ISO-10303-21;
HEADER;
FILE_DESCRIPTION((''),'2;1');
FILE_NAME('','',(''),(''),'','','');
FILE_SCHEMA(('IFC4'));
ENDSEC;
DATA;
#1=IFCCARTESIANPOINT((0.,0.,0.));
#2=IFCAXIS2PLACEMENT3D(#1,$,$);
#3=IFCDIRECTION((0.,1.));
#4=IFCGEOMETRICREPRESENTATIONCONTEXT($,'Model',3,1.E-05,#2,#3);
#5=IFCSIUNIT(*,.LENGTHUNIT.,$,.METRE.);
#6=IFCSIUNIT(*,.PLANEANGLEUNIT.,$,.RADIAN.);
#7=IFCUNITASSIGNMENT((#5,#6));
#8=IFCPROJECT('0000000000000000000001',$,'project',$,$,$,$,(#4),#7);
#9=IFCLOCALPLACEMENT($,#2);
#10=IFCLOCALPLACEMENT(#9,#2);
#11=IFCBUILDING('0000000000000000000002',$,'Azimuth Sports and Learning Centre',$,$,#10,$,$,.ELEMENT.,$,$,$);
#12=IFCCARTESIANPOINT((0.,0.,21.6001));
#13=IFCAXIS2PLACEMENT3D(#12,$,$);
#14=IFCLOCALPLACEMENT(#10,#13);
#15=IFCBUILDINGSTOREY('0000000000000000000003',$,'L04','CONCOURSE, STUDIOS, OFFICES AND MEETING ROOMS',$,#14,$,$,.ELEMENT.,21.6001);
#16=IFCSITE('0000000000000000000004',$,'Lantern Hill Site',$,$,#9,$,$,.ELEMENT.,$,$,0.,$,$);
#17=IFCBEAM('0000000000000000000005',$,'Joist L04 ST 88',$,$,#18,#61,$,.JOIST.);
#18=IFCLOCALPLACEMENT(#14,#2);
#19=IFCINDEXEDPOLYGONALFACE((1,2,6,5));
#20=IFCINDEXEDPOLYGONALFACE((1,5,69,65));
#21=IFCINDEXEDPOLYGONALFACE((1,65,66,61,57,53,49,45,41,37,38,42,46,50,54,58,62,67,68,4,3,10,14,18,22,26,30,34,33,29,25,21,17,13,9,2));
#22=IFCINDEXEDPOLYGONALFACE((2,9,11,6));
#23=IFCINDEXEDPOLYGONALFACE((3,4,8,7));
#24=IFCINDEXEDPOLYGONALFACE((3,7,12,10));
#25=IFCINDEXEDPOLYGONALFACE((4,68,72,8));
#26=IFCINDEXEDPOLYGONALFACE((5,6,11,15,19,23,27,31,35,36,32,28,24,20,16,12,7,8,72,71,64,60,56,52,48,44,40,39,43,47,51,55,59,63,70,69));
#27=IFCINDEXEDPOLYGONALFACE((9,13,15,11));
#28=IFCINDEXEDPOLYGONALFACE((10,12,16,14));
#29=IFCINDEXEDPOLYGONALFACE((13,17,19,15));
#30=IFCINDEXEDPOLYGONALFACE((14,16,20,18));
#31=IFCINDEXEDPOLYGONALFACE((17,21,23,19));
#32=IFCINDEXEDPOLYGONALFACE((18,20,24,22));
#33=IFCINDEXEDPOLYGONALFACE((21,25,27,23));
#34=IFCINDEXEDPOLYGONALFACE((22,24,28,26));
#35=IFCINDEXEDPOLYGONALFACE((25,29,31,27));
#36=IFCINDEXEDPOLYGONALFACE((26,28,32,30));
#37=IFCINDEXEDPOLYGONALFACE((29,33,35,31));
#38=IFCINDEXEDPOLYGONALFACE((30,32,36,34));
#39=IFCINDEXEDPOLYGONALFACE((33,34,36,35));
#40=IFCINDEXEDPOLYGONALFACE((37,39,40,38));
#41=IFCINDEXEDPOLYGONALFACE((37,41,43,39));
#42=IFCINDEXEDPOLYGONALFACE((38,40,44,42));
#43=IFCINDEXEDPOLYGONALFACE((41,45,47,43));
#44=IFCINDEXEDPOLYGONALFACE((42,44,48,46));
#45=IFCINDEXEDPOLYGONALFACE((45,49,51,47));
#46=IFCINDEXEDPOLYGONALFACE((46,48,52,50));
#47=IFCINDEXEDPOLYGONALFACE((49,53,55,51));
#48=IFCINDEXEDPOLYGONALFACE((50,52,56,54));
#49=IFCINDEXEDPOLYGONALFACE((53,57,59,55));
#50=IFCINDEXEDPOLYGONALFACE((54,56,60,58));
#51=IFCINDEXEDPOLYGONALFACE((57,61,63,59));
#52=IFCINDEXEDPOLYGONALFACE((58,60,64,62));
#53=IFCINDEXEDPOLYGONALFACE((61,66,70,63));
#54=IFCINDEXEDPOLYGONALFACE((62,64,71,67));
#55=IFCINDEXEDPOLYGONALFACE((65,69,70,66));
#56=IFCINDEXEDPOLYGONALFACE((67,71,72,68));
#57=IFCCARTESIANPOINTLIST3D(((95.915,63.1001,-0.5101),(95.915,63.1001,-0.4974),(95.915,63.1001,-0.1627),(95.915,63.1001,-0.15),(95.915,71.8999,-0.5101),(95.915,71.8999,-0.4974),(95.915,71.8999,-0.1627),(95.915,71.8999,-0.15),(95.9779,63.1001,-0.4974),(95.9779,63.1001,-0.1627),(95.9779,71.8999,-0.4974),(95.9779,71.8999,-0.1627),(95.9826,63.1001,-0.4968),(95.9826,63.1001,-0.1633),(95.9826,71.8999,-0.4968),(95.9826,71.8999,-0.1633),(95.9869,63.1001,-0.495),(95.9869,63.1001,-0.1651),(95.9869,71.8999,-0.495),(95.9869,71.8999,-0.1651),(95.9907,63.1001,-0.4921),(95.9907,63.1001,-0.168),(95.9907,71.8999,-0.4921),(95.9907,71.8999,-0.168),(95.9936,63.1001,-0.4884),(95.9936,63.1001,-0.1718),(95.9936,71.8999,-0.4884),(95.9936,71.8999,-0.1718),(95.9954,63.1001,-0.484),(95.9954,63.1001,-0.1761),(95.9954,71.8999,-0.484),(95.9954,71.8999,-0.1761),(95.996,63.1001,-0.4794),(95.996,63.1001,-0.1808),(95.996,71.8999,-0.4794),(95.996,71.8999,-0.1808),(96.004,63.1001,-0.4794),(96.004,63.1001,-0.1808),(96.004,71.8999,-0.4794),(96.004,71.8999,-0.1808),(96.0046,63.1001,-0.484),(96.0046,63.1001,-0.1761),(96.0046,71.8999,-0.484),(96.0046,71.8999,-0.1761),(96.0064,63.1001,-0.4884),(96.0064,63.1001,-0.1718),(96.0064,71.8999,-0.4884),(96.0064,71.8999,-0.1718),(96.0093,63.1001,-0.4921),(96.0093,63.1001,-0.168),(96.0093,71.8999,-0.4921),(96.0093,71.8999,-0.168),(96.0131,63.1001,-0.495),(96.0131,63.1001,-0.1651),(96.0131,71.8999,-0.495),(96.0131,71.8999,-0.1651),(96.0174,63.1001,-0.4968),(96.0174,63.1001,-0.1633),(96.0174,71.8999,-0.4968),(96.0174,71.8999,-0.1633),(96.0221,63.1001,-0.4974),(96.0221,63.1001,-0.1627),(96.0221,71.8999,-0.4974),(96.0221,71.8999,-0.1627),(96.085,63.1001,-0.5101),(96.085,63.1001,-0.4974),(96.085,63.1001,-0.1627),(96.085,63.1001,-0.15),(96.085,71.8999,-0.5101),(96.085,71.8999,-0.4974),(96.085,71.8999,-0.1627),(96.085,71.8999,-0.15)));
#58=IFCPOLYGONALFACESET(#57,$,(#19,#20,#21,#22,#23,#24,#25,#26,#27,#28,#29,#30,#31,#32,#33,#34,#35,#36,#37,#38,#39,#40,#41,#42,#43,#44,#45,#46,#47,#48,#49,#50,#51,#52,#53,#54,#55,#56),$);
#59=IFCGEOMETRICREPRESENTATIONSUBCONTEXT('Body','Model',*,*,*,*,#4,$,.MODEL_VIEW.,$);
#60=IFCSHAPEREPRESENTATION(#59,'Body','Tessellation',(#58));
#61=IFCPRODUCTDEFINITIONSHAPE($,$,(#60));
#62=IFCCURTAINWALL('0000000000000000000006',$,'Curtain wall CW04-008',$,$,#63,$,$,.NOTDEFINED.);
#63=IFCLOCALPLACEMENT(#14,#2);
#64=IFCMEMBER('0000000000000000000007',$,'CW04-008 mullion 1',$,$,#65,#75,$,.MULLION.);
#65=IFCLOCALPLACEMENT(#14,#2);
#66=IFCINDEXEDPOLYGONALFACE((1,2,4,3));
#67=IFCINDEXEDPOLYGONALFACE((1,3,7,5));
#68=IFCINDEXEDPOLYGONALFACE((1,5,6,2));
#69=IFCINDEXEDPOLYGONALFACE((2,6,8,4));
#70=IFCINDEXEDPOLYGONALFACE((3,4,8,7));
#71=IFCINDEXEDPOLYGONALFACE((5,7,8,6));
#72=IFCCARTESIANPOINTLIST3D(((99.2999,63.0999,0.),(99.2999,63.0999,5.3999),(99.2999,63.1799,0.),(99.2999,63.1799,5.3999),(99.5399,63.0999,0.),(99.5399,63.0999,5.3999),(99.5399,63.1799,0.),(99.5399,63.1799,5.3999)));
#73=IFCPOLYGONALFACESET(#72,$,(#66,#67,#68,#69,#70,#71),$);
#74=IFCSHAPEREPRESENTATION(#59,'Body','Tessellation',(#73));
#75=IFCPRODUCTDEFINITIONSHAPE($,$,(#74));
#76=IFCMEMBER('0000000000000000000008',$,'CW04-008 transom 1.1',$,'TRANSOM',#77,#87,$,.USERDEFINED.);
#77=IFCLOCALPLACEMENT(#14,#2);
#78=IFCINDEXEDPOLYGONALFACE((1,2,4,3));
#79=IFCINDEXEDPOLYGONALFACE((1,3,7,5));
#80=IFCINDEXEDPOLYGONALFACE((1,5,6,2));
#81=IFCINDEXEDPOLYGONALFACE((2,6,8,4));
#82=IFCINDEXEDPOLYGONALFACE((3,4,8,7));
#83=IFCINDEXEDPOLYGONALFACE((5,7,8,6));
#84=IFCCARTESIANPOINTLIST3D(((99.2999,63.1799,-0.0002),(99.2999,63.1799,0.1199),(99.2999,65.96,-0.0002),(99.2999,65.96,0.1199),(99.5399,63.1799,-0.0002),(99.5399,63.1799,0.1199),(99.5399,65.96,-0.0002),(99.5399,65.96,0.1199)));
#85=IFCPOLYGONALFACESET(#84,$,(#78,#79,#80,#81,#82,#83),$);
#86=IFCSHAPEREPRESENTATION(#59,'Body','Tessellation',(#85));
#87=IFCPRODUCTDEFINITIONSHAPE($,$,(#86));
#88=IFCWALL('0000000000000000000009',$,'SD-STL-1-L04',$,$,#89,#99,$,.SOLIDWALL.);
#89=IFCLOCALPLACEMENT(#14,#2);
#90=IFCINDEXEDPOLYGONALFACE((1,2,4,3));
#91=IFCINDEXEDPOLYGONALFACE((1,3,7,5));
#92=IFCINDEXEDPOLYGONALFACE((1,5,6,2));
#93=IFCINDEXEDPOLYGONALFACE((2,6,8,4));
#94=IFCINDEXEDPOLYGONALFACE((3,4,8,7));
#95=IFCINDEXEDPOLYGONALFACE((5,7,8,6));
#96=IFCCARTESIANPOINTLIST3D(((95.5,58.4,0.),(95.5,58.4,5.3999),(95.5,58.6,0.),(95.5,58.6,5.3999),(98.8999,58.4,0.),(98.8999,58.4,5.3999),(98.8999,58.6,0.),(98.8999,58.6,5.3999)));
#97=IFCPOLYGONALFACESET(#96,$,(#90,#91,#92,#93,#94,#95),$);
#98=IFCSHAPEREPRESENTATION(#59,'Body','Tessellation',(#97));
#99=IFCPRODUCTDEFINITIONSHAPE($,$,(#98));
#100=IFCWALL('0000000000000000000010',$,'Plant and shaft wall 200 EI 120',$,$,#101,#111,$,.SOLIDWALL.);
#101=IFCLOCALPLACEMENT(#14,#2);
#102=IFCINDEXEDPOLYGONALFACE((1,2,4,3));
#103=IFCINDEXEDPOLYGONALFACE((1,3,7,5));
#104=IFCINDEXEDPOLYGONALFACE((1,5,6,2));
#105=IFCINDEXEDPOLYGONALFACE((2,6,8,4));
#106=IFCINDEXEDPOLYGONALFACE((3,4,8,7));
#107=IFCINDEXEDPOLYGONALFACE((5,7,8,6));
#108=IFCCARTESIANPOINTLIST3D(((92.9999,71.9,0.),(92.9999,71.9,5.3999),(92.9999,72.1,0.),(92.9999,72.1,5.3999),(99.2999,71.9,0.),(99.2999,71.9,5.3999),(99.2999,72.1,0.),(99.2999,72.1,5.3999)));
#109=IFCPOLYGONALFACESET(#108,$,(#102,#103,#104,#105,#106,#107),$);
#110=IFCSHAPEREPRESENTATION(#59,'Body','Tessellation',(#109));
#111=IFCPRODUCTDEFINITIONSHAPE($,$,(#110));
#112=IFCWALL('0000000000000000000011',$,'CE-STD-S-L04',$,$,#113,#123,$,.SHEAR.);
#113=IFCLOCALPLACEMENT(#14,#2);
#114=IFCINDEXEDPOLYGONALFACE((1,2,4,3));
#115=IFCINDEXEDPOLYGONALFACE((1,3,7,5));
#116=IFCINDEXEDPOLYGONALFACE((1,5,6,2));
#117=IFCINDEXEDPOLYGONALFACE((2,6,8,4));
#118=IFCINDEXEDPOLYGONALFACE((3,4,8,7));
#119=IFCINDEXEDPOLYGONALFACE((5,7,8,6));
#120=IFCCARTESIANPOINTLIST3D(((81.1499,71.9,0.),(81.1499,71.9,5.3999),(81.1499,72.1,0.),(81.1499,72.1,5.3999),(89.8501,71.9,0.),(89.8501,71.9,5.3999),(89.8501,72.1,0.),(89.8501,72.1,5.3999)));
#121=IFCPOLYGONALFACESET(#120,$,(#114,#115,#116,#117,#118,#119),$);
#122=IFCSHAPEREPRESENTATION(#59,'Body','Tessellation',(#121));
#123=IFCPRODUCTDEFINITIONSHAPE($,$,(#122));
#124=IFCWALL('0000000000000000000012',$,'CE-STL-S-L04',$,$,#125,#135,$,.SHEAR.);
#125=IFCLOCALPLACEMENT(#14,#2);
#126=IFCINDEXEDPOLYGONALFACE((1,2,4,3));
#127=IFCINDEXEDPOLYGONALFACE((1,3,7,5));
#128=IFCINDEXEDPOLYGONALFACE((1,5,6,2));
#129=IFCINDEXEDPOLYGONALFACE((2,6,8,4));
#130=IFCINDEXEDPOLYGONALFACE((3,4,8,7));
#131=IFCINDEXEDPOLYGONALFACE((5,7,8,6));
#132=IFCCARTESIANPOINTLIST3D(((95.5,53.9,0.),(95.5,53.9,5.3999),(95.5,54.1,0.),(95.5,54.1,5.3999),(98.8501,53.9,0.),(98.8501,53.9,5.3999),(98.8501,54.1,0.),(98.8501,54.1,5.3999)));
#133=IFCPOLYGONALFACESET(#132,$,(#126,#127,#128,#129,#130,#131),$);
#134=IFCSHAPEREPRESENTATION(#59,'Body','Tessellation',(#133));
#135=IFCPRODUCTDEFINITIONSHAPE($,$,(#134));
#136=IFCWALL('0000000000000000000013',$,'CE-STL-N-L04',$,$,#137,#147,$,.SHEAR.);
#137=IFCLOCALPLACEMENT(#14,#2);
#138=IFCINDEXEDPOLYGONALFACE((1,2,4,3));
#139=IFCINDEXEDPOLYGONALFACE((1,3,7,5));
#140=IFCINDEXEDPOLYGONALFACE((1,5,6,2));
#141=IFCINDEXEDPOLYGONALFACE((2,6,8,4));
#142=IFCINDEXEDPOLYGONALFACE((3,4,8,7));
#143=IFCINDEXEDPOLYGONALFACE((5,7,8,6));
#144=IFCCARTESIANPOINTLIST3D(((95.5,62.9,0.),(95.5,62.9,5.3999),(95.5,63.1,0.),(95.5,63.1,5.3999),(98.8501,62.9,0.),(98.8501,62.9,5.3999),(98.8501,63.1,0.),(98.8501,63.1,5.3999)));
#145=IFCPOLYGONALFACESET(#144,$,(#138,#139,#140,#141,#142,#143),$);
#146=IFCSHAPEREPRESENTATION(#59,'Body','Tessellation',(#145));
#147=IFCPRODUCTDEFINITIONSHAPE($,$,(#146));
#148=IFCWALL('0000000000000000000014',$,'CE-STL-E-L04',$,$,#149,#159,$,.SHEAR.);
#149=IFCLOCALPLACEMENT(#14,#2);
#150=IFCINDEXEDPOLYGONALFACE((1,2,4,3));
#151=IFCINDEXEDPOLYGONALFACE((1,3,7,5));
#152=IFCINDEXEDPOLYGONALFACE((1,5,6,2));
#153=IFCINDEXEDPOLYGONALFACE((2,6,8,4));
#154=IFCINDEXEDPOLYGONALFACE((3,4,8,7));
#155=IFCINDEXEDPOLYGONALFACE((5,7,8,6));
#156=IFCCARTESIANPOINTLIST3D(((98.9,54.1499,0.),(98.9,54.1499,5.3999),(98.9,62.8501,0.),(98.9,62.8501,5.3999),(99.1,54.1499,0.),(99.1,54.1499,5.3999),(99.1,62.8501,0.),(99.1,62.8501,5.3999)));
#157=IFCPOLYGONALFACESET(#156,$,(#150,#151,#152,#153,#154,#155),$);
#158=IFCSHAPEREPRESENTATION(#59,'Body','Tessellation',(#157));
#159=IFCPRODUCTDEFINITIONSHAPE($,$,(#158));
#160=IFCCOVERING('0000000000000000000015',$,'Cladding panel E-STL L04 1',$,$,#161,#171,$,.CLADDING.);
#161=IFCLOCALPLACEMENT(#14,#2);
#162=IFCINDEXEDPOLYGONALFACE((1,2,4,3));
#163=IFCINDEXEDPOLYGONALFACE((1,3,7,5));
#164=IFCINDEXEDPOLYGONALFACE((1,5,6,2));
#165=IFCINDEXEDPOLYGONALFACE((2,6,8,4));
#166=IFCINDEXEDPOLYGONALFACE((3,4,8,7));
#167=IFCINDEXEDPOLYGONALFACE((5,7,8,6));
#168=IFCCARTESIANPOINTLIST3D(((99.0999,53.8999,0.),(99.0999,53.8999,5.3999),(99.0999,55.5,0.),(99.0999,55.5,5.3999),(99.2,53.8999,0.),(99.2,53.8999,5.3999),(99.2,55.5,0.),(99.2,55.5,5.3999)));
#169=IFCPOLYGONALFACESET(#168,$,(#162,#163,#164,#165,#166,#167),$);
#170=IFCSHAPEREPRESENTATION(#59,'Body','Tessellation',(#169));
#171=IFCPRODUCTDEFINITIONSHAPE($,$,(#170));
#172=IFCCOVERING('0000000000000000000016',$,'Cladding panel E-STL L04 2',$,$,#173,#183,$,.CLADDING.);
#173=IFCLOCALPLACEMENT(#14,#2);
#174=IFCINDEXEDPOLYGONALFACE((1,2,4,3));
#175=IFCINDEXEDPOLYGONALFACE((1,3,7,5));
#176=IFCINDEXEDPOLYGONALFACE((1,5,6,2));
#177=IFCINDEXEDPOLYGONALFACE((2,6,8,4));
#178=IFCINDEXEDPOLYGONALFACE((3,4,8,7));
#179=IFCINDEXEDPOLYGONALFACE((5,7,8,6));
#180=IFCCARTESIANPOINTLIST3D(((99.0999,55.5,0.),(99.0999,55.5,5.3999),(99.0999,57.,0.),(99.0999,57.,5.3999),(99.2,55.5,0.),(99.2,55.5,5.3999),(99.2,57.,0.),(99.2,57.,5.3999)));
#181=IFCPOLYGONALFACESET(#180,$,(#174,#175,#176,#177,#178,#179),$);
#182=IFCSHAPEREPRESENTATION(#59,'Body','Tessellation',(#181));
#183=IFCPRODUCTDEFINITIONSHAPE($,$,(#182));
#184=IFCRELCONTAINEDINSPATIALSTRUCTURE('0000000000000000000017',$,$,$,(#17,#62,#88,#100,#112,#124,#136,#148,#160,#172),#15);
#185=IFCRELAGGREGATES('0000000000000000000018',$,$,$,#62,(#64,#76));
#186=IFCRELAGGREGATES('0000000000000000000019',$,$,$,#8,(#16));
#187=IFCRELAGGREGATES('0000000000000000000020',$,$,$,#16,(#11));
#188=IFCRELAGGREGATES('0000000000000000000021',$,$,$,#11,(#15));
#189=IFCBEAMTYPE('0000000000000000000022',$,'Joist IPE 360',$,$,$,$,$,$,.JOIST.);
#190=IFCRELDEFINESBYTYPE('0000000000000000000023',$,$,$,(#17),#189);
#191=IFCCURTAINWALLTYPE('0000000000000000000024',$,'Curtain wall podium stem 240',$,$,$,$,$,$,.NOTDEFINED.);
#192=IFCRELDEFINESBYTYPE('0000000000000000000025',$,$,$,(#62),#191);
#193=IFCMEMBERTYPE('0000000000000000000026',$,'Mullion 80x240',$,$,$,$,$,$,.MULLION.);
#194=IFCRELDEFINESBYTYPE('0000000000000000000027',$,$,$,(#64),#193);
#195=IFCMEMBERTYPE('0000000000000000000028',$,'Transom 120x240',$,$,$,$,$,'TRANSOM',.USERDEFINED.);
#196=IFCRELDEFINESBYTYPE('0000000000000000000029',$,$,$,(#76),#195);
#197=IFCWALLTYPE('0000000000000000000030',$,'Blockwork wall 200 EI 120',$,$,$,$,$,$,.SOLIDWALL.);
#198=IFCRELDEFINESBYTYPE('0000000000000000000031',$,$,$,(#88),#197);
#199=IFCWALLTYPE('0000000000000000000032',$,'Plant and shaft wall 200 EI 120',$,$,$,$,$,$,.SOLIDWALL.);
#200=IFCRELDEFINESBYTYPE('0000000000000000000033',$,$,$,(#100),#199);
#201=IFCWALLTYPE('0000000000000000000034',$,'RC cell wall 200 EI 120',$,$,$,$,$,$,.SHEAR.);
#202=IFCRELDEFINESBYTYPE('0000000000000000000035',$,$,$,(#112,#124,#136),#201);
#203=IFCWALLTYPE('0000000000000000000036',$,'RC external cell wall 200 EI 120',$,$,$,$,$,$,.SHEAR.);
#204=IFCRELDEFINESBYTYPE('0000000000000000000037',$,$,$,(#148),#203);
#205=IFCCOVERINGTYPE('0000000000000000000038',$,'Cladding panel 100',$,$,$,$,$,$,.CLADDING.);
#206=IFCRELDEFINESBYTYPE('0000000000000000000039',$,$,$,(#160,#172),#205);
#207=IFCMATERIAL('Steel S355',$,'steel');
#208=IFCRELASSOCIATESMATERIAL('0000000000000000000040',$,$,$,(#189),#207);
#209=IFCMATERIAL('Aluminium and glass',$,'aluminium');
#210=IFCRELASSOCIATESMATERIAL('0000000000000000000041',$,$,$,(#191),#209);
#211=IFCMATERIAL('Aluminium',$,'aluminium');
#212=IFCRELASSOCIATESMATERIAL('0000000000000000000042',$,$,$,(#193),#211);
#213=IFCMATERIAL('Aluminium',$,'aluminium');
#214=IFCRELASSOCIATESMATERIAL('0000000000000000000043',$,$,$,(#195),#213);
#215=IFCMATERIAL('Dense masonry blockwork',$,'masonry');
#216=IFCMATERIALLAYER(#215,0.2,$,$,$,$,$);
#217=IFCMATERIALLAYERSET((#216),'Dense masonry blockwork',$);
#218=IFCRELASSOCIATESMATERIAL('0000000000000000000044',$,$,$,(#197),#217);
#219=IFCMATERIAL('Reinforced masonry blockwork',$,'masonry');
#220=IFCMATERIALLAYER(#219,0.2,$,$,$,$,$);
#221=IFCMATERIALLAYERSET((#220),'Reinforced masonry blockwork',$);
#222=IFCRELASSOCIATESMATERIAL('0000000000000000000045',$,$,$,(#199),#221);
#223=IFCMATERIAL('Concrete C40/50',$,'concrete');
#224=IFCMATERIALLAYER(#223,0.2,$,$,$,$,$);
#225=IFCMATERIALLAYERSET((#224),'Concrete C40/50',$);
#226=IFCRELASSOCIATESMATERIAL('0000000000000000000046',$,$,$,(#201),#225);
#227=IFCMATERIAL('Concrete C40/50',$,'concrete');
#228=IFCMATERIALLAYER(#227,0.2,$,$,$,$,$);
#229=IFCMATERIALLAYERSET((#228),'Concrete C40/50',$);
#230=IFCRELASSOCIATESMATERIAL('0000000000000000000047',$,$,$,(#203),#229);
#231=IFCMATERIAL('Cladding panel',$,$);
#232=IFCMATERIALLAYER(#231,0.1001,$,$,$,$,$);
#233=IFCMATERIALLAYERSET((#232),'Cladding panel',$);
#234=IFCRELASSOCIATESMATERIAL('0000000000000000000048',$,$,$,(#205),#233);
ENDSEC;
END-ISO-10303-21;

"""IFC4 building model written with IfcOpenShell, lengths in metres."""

from ifc_helpers import new_model, si_unit, direction, frame, frame_2d, origin, origin_2d, place, context, subcontext, project, spatial, rectangle, i_section, extrude, material, layer, layer_set, material_profile, profile_set, type_object, element, aggregate, save


model = new_model("IFC4")

# Units and contexts
model_context = context("Model", 3, precision=1e-05, world=origin(), true_north=direction((0.0, 1.0)))
body_context = subcontext(model_context, "Body", "Model", "MODEL_VIEW")
ifc_project = project(units=[si_unit("LENGTHUNIT", "METRE"), si_unit("PLANEANGLEUNIT", "RADIAN")], contexts=[model_context])

# Site, building, storey
site_placement = place(None, origin())
site = spatial("IfcSite", under=ifc_project, at=site_placement, Name="Lantern Hill Site", CompositionType="ELEMENT", RefElevation=0.0)
building_placement = place(site_placement, origin())
building = spatial("IfcBuilding", under=site, at=building_placement, Name="Azimuth Sports and Learning Centre", CompositionType="ELEMENT")
storey_placement = place(building_placement, frame((0.0, 0.0, 21.6001)))
storey = spatial("IfcBuildingStorey", under=building, at=storey_placement, Name="L04", Description="CONCOURSE, STUDIOS, OFFICES AND MEETING ROOMS", CompositionType="ELEMENT", Elevation=21.6001)

# Beam
ifc_material_1 = material(Name="Steel S355", Category="steel")
ifc_material_profile_1 = material_profile(ifc_material_1, i_section(OverallWidth=0.1699, OverallDepth=0.3601, WebThickness=0.0081, FlangeThickness=0.0127, FilletRadius=0.0181, at=origin_2d()), Name="IPE 360")
ifc_profile_set_1 = profile_set([ifc_material_profile_1], Name="Steel S355")
beam_type_1 = type_object("IfcBeamType", Name="Joist IPE 360", PredefinedType="JOIST", material=ifc_profile_set_1)
for number, where, z_axis, x_axis, name in (
    (1, (96.0, 63.1001, -0.3301), (0.0, 1.0, 0.0), (-1.0, 0.0, 0.0), "Joist L04 ST 88"),
):
    element("IfcBeam", number, at=place(storey_placement, frame(where, z_axis=z_axis, x_axis=x_axis)), inside=storey, type_object=beam_type_1, Name=name, PredefinedType="JOIST", context=body_context, shape_type="SweptSolid", body=[
        extrude(i_section(OverallWidth=0.1699, OverallDepth=0.3601, WebThickness=0.0081, FlangeThickness=0.0127, FilletRadius=0.0181, at=origin_2d()), origin(), (0.0, 0.0, 1.0), 8.7998),
    ])

# Curtain wall, members
ifc_material_2 = material(Name="Aluminium and glass", Category="aluminium")
curtain_wall_type = type_object("IfcCurtainWallType", Name="Curtain wall podium stem 240", PredefinedType="NOTDEFINED", material=ifc_material_2)
curtain_wall_placement = place(storey_placement, origin())
curtain_wall = element("IfcCurtainWall", 2, at=curtain_wall_placement, inside=storey, type_object=curtain_wall_type, Name="Curtain wall CW04-008", PredefinedType="NOTDEFINED")
ifc_material_3 = material(Name="Aluminium", Category="aluminium")
ifc_material_profile_2 = material_profile(ifc_material_3, rectangle(XDim=0.24, YDim=0.0801, at=origin_2d()), Name="Mullion 80x240")
ifc_profile_set_2 = profile_set([ifc_material_profile_2], Name="Aluminium")
member_type_1 = type_object("IfcMemberType", Name="Mullion 80x240", PredefinedType="MULLION", material=ifc_profile_set_2)
member_1_placement = place(storey_placement, frame((99.4199, 63.1399, 0.0), z_axis=(0.0, 0.0, 1.0), x_axis=(-1.0, 0.0, 0.0)))
member_1 = element("IfcMember", 3, at=member_1_placement, type_object=member_type_1, Name="CW04-008 mullion 1", PredefinedType="MULLION", context=body_context, shape_type="SweptSolid", body=[
    extrude(rectangle(XDim=0.24, YDim=0.0801, at=origin_2d()), origin(), (0.0, 0.0, 1.0), 5.3999),
])
ifc_material_4 = material(Name="Aluminium", Category="aluminium")
ifc_material_profile_3 = material_profile(ifc_material_4, rectangle(XDim=0.24, YDim=0.1201, at=origin_2d()), Name="Transom 120x240")
ifc_profile_set_3 = profile_set([ifc_material_profile_3], Name="Aluminium")
member_type_2 = type_object("IfcMemberType", Name="Transom 120x240", ElementType="TRANSOM", PredefinedType="USERDEFINED", material=ifc_profile_set_3)
member_2_placement = place(storey_placement, frame((99.4199, 63.1799, 0.0598), z_axis=(0.0, 1.0, 0.0), x_axis=(-1.0, 0.0, 0.0)))
member_2 = element("IfcMember", 4, at=member_2_placement, type_object=member_type_2, Name="CW04-008 transom 1.1", ObjectType="TRANSOM", PredefinedType="USERDEFINED", context=body_context, shape_type="SweptSolid", body=[
    extrude(rectangle(XDim=0.24, YDim=0.1201, at=origin_2d()), origin(), (0.0, 0.0, 1.0), 2.78),
])
aggregate(curtain_wall, [member_1, member_2])

# Walls
ifc_material_5 = material(Name="Dense masonry blockwork", Category="masonry")
ifc_layer_1 = layer(ifc_material_5, 0.2)
ifc_layer_set_1 = layer_set([ifc_layer_1], Name="Dense masonry blockwork")
wall_type_1 = type_object("IfcWallType", Name="Blockwork wall 200 EI 120", PredefinedType="SOLIDWALL", material=ifc_layer_set_1)
wall_1_placement = place(storey_placement, frame((95.5, 58.5, 0.0), z_axis=(0.0, 0.0, 1.0), x_axis=(1.0, 0.0, 0.0)))
element("IfcWall", 5, at=wall_1_placement, inside=storey, type_object=wall_type_1, Name="SD-STL-1-L04", PredefinedType="SOLIDWALL", context=body_context, shape_type="SweptSolid", body=[
    extrude(rectangle(XDim=3.3999, YDim=0.2, at=frame_2d((1.7, 0.0))), origin(), (0.0, 0.0, 1.0), 5.3999),
])
ifc_material_6 = material(Name="Reinforced masonry blockwork", Category="masonry")
ifc_layer_2 = layer(ifc_material_6, 0.2)
ifc_layer_set_2 = layer_set([ifc_layer_2], Name="Reinforced masonry blockwork")
wall_type_2 = type_object("IfcWallType", Name="Plant and shaft wall 200 EI 120", PredefinedType="SOLIDWALL", material=ifc_layer_set_2)
wall_2_placement = place(storey_placement, frame((93.0, 72.0, 0.0), z_axis=(0.0, 0.0, 1.0), x_axis=(1.0, 0.0, 0.0)))
element("IfcWall", 6, at=wall_2_placement, inside=storey, type_object=wall_type_2, Name="Plant and shaft wall 200 EI 120", PredefinedType="SOLIDWALL", context=body_context, shape_type="SweptSolid", body=[
    extrude(rectangle(XDim=6.3, YDim=0.2, at=frame_2d((3.1499, 0.0))), origin(), (0.0, 0.0, 1.0), 5.3999),
])
ifc_material_7 = material(Name="Concrete C40/50", Category="concrete")
ifc_layer_3 = layer(ifc_material_7, 0.2)
ifc_layer_set_3 = layer_set([ifc_layer_3], Name="Concrete C40/50")
wall_type_3 = type_object("IfcWallType", Name="RC cell wall 200 EI 120", PredefinedType="SHEAR", material=ifc_layer_set_3)
wall_3_placement = place(storey_placement, frame((81.1499, 72.0, 0.0), z_axis=(0.0, 0.0, 1.0), x_axis=(1.0, 0.0, 0.0)))
element("IfcWall", 7, at=wall_3_placement, inside=storey, type_object=wall_type_3, Name="CE-STD-S-L04", PredefinedType="SHEAR", context=body_context, shape_type="SweptSolid", body=[
    extrude(rectangle(XDim=8.7002, YDim=0.2, at=frame_2d((4.3501, 0.0))), origin(), (0.0, 0.0, 1.0), 5.3999),
])
for number, where, z_axis, x_axis, name in (
    (8, (95.5, 54.0, 0.0), (0.0, 0.0, 1.0), (1.0, 0.0, 0.0), "CE-STL-S-L04"),
    (9, (95.5, 63.0, 0.0), (0.0, 0.0, 1.0), (1.0, 0.0, 0.0), "CE-STL-N-L04"),
):
    element("IfcWall", number, at=place(storey_placement, frame(where, z_axis=z_axis, x_axis=x_axis)), inside=storey, type_object=wall_type_3, Name=name, PredefinedType="SHEAR", context=body_context, shape_type="SweptSolid", body=[
        extrude(rectangle(XDim=3.3501, YDim=0.2, at=frame_2d((1.675, 0.0))), origin(), (0.0, 0.0, 1.0), 5.3999),
    ])
ifc_material_8 = material(Name="Concrete C40/50", Category="concrete")
ifc_layer_4 = layer(ifc_material_8, 0.2)
ifc_layer_set_4 = layer_set([ifc_layer_4], Name="Concrete C40/50")
wall_type_4 = type_object("IfcWallType", Name="RC external cell wall 200 EI 120", PredefinedType="SHEAR", material=ifc_layer_set_4)
wall_4_placement = place(storey_placement, frame((99.0, 54.1499, 0.0), z_axis=(0.0, 0.0, 1.0), x_axis=(0.0, 1.0, 0.0)))
element("IfcWall", 10, at=wall_4_placement, inside=storey, type_object=wall_type_4, Name="CE-STL-E-L04", PredefinedType="SHEAR", context=body_context, shape_type="SweptSolid", body=[
    extrude(rectangle(XDim=8.7002, YDim=0.2, at=frame_2d((4.3501, 0.0))), origin(), (0.0, 0.0, 1.0), 5.3999),
])

# Coverings
ifc_material_9 = material(Name="Cladding panel")
ifc_layer_5 = layer(ifc_material_9, 0.1001)
ifc_layer_set_5 = layer_set([ifc_layer_5], Name="Cladding panel")
covering_type = type_object("IfcCoveringType", Name="Cladding panel 100", PredefinedType="CLADDING", material=ifc_layer_set_5)
covering_1_placement = place(storey_placement, frame((99.1499, 54.7, 0.0), z_axis=(0.0, 0.0, 1.0), x_axis=(0.0, 1.0, 0.0)))
element("IfcCovering", 11, at=covering_1_placement, inside=storey, type_object=covering_type, Name="Cladding panel E-STL L04 1", PredefinedType="CLADDING", context=body_context, shape_type="SweptSolid", body=[
    extrude(rectangle(XDim=1.6001, YDim=0.1001, at=origin_2d()), origin(), (0.0, 0.0, 1.0), 5.3999),
])
for number, where, z_axis, x_axis, name in (
    (12, (99.1499, 56.25, 0.0), (0.0, 0.0, 1.0), (0.0, 1.0, 0.0), "Cladding panel E-STL L04 2"),
):
    element("IfcCovering", number, at=place(storey_placement, frame(where, z_axis=z_axis, x_axis=x_axis)), inside=storey, type_object=covering_type, Name=name, PredefinedType="CLADDING", context=body_context, shape_type="SweptSolid", body=[
        extrude(rectangle(XDim=1.5, YDim=0.1001, at=origin_2d()), origin(), (0.0, 0.0, 1.0), 5.3999),
    ])

save(model, "model.ifc")
